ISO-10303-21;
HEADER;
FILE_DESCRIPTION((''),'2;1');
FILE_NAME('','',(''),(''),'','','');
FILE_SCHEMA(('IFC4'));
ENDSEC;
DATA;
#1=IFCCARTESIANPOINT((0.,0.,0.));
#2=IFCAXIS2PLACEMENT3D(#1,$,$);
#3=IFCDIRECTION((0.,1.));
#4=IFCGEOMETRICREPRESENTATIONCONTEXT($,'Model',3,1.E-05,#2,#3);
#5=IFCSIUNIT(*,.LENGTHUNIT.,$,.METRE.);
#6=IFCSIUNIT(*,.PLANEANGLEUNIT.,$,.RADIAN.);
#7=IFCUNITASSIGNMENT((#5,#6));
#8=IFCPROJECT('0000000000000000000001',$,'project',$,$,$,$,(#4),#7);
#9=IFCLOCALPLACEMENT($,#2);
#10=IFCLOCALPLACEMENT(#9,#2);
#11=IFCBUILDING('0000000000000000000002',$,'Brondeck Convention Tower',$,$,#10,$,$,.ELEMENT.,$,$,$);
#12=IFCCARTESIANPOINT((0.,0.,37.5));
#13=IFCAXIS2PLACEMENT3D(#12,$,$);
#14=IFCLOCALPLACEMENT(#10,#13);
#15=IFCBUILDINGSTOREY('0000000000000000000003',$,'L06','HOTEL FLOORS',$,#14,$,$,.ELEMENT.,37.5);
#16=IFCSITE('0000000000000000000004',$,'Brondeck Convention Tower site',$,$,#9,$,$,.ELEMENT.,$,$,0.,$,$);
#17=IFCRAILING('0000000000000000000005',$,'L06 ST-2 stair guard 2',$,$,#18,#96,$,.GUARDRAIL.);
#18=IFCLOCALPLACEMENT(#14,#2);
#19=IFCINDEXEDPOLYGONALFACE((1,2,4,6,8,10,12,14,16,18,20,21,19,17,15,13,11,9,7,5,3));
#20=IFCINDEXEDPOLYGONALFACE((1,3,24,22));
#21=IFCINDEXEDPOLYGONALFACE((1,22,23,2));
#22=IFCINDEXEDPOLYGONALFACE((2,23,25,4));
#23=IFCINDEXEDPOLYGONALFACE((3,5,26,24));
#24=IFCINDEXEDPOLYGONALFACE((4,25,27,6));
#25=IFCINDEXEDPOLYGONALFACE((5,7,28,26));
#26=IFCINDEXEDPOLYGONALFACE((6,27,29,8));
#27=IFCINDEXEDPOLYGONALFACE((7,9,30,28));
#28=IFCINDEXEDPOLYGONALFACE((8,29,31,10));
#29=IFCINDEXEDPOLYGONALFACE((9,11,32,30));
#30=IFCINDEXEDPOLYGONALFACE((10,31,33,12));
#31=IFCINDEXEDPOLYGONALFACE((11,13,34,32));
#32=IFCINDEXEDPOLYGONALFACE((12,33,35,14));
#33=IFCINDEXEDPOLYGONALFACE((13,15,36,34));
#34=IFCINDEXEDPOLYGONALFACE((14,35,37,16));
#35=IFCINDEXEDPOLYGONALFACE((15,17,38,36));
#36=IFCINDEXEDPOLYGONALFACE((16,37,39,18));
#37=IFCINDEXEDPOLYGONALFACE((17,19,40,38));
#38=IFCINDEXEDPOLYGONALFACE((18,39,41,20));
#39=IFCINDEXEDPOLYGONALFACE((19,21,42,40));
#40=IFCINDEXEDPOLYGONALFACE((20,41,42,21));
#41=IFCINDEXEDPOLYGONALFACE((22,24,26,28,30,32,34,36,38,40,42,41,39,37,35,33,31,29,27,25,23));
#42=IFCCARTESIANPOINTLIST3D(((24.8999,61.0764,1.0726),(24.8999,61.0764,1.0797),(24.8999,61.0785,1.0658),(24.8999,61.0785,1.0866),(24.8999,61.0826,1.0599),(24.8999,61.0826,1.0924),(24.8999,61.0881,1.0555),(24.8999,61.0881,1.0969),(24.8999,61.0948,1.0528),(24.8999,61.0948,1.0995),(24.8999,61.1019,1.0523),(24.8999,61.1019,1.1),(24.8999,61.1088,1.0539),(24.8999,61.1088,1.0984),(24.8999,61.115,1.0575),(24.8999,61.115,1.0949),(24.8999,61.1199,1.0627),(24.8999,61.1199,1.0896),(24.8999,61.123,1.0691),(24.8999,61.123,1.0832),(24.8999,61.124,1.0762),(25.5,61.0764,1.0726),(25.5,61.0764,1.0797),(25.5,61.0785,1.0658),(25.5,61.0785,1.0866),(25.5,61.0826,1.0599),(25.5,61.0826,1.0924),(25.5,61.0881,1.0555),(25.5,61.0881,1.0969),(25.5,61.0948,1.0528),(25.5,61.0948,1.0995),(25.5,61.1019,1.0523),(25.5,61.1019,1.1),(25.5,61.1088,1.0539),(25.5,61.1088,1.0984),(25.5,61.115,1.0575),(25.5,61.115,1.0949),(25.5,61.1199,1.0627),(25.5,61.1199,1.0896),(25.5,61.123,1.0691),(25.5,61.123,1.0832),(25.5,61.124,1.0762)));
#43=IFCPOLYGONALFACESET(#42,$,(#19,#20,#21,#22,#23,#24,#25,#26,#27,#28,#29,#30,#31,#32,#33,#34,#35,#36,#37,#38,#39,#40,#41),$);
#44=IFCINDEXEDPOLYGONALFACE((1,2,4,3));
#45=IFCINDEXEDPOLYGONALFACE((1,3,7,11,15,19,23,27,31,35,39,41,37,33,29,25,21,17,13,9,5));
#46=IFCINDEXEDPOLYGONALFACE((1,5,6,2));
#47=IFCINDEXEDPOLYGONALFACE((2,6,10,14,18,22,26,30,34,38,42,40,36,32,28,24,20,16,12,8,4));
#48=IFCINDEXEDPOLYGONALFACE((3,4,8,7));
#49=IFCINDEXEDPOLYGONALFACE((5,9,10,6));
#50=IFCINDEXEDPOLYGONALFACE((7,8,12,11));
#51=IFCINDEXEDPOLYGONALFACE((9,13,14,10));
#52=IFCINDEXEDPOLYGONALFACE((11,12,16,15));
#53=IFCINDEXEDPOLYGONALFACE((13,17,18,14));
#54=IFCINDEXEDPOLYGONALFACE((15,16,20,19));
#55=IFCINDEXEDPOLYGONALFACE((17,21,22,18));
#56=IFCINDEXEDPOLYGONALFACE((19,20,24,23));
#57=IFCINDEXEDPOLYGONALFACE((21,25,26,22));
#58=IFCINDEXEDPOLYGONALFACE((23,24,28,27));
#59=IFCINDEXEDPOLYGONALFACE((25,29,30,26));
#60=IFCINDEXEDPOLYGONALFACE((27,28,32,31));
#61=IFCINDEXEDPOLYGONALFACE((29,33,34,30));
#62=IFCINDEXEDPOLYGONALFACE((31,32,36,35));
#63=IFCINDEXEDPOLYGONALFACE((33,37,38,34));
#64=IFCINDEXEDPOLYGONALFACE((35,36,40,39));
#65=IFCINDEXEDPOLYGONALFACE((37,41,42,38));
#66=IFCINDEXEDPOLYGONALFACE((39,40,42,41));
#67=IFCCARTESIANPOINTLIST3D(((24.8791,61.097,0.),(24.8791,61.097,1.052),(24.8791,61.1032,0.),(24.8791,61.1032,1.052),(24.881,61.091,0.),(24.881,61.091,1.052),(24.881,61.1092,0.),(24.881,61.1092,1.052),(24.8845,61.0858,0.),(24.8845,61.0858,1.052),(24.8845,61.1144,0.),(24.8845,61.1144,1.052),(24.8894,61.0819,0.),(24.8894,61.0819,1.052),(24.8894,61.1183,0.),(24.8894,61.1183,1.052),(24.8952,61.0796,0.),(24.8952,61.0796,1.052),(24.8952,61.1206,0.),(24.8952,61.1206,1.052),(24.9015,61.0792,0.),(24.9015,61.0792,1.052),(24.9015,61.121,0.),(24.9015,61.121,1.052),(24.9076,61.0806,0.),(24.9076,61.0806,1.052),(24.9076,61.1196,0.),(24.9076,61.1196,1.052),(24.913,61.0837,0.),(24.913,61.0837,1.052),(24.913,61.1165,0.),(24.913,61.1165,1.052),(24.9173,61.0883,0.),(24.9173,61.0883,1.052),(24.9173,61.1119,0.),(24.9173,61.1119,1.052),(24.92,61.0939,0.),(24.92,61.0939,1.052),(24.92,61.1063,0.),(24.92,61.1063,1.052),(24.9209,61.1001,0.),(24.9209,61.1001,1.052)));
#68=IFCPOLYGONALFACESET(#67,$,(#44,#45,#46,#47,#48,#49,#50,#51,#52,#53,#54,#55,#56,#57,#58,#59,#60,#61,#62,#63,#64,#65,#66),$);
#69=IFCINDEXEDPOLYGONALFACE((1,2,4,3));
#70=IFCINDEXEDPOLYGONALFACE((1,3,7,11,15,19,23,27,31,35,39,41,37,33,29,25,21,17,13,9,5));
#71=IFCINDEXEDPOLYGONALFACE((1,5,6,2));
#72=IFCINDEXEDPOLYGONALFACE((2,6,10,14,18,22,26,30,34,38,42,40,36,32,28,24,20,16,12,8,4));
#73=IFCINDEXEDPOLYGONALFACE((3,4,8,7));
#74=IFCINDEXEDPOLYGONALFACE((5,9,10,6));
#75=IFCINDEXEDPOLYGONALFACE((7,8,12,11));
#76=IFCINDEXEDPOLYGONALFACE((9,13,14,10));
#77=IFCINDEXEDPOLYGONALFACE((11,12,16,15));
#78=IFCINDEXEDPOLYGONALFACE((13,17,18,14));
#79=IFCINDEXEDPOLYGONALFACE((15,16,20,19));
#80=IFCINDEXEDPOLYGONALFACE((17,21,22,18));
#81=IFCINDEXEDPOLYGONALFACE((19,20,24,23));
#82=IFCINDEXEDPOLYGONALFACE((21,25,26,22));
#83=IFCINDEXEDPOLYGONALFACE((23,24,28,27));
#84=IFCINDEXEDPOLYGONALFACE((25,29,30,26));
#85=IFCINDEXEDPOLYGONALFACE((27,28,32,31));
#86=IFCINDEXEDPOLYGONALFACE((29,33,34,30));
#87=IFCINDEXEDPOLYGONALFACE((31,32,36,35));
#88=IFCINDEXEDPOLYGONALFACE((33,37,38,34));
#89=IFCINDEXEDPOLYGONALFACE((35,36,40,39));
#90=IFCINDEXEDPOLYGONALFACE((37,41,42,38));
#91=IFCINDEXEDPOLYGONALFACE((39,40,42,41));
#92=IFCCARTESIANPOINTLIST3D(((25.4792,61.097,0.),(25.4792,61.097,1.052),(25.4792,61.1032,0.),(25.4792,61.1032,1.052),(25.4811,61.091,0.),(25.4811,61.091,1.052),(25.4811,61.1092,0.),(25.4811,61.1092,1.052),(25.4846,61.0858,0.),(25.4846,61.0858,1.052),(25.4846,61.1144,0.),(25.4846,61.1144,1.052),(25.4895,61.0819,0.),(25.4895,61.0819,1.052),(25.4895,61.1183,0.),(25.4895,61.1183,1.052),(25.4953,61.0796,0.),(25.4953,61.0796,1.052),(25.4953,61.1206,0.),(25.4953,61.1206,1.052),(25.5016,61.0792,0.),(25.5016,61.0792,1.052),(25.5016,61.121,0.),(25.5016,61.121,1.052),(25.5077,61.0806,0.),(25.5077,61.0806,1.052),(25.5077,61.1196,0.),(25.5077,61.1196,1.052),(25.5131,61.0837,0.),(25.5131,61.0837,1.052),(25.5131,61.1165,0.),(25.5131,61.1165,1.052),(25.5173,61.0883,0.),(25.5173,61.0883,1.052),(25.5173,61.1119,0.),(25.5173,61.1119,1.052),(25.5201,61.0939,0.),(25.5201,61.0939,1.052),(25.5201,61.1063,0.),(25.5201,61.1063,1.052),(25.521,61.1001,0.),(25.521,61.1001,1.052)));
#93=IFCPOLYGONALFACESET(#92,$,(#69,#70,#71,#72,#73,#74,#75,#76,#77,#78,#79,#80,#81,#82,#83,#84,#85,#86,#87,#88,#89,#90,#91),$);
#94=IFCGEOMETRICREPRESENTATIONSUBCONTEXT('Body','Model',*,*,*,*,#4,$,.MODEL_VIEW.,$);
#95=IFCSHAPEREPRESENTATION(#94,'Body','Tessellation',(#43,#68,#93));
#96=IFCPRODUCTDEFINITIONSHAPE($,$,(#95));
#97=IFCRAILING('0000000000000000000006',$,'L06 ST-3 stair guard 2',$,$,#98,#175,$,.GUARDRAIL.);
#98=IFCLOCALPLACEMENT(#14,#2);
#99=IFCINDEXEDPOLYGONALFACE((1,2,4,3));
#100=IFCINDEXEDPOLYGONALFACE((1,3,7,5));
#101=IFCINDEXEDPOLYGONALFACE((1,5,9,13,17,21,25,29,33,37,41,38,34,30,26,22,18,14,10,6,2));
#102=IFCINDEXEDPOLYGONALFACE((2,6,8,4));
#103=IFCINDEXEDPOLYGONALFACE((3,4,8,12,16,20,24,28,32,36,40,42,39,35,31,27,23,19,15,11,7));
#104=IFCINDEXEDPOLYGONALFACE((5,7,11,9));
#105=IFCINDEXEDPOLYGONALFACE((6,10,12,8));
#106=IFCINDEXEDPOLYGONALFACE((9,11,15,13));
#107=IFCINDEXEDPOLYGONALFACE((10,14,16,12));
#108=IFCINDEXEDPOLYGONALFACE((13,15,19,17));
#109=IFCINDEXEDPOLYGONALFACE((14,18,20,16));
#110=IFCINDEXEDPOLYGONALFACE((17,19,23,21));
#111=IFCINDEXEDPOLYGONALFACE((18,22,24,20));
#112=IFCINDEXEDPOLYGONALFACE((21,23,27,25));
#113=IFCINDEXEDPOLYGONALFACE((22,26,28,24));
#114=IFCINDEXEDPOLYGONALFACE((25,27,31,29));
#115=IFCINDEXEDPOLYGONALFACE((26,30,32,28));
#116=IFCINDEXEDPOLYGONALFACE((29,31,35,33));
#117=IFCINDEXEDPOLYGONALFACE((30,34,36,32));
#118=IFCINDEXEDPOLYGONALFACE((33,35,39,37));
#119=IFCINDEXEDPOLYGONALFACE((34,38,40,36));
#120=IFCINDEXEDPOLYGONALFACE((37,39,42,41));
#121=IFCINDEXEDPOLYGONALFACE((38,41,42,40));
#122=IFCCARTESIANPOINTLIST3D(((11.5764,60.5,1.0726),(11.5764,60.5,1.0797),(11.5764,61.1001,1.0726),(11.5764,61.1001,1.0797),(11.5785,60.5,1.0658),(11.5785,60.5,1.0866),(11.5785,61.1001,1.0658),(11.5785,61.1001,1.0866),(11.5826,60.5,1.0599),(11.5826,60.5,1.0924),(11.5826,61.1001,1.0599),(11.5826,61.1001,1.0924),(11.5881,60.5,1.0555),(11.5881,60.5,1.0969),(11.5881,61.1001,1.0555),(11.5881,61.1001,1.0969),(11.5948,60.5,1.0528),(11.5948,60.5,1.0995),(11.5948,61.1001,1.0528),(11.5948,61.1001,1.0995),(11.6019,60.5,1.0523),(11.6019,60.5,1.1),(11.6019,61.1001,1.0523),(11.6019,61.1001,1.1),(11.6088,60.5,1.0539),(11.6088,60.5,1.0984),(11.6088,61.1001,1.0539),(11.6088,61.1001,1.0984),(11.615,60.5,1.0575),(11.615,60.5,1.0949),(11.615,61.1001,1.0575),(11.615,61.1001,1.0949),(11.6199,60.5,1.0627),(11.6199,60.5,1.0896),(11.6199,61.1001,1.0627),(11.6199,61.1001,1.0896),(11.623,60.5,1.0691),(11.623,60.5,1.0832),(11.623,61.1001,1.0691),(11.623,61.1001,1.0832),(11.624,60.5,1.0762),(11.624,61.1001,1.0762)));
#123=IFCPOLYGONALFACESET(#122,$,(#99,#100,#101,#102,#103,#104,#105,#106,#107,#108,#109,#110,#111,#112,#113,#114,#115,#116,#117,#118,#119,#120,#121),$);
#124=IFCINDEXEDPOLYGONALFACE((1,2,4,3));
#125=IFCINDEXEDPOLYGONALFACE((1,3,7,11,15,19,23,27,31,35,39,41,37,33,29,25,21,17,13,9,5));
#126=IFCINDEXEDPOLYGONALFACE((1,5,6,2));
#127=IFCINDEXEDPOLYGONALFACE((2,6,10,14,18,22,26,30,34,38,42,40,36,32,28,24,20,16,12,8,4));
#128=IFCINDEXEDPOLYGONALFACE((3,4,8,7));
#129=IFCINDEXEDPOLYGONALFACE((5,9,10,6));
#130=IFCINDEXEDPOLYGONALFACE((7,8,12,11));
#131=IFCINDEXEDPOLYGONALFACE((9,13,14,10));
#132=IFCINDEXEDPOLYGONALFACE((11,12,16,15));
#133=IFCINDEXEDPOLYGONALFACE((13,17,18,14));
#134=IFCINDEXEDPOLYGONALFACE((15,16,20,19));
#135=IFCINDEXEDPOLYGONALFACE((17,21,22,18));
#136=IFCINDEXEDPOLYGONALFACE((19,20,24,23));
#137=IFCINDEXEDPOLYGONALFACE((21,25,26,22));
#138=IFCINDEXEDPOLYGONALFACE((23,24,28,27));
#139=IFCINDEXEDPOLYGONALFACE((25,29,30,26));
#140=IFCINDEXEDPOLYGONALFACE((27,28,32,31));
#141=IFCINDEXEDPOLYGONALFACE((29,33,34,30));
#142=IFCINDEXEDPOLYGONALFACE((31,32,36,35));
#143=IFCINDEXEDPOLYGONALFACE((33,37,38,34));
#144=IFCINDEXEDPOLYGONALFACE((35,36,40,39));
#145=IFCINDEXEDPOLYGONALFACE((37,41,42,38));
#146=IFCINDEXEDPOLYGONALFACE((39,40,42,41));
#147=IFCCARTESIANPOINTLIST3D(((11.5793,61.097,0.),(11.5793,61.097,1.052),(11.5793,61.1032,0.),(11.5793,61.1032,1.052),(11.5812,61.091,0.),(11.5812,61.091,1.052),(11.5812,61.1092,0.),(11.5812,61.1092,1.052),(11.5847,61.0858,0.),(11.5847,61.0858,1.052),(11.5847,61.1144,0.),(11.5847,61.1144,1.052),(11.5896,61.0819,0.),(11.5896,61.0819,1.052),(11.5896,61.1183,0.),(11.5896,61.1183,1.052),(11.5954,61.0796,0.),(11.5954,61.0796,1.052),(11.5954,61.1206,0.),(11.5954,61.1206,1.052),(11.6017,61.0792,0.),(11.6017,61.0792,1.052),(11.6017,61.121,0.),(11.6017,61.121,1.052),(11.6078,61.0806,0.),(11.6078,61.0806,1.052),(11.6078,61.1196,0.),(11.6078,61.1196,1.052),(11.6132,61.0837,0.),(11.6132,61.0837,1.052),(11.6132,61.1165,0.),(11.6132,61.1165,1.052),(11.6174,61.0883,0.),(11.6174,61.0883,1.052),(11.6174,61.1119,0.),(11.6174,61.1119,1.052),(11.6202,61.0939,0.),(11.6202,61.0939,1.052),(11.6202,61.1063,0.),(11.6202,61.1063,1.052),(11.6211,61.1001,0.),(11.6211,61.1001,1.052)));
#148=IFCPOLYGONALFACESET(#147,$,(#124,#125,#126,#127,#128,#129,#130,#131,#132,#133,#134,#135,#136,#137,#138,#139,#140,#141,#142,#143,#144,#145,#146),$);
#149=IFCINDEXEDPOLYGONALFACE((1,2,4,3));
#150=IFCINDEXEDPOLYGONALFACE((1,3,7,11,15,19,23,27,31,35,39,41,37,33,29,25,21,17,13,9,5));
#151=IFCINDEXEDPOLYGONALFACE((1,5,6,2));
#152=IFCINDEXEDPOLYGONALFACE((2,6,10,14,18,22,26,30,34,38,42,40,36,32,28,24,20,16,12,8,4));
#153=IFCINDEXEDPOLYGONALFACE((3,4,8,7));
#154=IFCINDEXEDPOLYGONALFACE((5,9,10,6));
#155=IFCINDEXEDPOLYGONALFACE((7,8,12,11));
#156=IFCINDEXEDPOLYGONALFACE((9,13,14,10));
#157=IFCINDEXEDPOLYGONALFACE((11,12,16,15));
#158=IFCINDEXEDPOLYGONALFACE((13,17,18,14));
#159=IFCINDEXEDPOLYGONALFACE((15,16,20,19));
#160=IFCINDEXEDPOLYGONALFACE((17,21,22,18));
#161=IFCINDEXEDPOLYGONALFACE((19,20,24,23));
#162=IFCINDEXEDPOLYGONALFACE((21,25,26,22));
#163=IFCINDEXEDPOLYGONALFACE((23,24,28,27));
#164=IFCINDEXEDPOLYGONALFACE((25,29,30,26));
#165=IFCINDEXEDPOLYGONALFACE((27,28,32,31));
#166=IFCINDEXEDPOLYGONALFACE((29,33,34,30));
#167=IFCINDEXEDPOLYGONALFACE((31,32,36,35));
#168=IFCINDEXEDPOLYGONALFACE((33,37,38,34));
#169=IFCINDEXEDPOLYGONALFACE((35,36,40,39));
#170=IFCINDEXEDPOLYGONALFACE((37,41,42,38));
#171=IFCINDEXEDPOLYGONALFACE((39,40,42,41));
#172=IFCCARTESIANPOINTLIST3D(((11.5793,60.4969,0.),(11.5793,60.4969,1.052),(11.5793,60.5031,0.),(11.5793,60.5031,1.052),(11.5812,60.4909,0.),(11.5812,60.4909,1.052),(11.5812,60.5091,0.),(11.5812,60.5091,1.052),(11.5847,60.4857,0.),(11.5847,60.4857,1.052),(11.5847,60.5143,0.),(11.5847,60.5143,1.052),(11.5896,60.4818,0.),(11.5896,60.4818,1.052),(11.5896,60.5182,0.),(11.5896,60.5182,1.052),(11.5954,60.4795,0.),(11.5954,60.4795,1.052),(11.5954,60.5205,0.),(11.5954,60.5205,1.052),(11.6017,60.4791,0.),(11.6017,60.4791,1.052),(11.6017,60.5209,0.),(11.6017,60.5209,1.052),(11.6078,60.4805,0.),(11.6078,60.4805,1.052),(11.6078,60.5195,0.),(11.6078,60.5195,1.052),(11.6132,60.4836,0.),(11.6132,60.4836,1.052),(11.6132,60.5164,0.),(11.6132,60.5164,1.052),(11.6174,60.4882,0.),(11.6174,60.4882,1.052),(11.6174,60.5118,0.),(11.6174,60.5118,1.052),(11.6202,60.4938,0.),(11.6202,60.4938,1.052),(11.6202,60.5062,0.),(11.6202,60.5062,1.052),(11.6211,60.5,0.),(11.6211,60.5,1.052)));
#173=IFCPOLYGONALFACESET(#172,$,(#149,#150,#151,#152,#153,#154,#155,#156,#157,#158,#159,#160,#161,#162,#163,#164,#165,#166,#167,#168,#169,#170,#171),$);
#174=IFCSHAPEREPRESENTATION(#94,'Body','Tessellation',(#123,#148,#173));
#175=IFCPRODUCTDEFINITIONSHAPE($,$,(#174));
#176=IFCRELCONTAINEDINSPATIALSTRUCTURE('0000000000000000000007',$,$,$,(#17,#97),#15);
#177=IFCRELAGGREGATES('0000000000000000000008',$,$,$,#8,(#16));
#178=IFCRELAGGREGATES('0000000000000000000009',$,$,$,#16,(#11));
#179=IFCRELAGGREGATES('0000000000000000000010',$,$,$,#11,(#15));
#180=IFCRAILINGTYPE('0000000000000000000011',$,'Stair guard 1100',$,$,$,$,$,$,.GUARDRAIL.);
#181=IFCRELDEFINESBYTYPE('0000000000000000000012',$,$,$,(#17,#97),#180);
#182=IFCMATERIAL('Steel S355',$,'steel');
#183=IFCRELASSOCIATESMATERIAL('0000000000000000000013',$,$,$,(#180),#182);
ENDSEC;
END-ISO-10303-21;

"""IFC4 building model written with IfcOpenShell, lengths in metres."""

from ifc_helpers import new_model, si_unit, direction, frame, origin, origin_2d, place, context, subcontext, project, spatial, circle, extrude, material, type_object, element, save


model = new_model("IFC4")

# Units and contexts
model_context = context("Model", 3, precision=1e-05, world=origin(), true_north=direction((0.0, 1.0)))
body_context = subcontext(model_context, "Body", "Model", "MODEL_VIEW")
ifc_project = project(units=[si_unit("LENGTHUNIT", "METRE"), si_unit("PLANEANGLEUNIT", "RADIAN")], contexts=[model_context])

# Site, building, storey
site_placement = place(None, origin())
site = spatial("IfcSite", under=ifc_project, at=site_placement, Name="Brondeck Convention Tower site", CompositionType="ELEMENT", RefElevation=0.0)
building_placement = place(site_placement, origin())
building = spatial("IfcBuilding", under=site, at=building_placement, Name="Brondeck Convention Tower", CompositionType="ELEMENT")
storey_placement = place(building_placement, frame((0.0, 0.0, 37.5)))
storey = spatial("IfcBuildingStorey", under=building, at=storey_placement, Name="L06", Description="HOTEL FLOORS", CompositionType="ELEMENT", Elevation=37.5)

# Railings
ifc_material_1 = material(Name="Steel S355", Category="steel")
railing_type_1 = type_object("IfcRailingType", Name="Stair guard 1100", PredefinedType="GUARDRAIL", material=ifc_material_1)
railing_1_placement = place(storey_placement, frame((24.8999, 61.1001, 0.0)))
element("IfcRailing", 1, at=railing_1_placement, inside=storey, type_object=railing_type_1, Name="L06 ST-2 stair guard 2", PredefinedType="GUARDRAIL", context=body_context, shape_type="SweptSolid", body=[
    extrude(circle(Radius=0.0239, at=origin_2d()), frame((0.0, 0.0, 1.0762), z_axis=(1.0, 0.0, 0.0), x_axis=(0.0, 1.0, 0.0)), (0.0, 0.0, 1.0), 0.6001),
    extrude(circle(Radius=0.021, at=origin_2d()), origin(), (0.0, 0.0, 1.0), 1.052),
    extrude(circle(Radius=0.021, at=origin_2d()), frame((0.6001, 0.0, 0.0)), (0.0, 0.0, 1.0), 1.052),
])
railing_2_placement = place(storey_placement, frame((11.6001, 61.1001, 0.0)))
element("IfcRailing", 2, at=railing_2_placement, inside=storey, type_object=railing_type_1, Name="L06 ST-3 stair guard 2", PredefinedType="GUARDRAIL", context=body_context, shape_type="SweptSolid", body=[
    extrude(circle(Radius=0.0239, at=origin_2d()), frame((0.0, 0.0, 1.0762), z_axis=(0.0, -1.0, 0.0), x_axis=(1.0, 0.0, 0.0)), (0.0, 0.0, 1.0), 0.6001),
    extrude(circle(Radius=0.021, at=origin_2d()), origin(), (0.0, 0.0, 1.0), 1.052),
    extrude(circle(Radius=0.021, at=origin_2d()), frame((0.0, -0.6001, 0.0)), (0.0, 0.0, 1.0), 1.052),
])

save(model, "model.ifc")
